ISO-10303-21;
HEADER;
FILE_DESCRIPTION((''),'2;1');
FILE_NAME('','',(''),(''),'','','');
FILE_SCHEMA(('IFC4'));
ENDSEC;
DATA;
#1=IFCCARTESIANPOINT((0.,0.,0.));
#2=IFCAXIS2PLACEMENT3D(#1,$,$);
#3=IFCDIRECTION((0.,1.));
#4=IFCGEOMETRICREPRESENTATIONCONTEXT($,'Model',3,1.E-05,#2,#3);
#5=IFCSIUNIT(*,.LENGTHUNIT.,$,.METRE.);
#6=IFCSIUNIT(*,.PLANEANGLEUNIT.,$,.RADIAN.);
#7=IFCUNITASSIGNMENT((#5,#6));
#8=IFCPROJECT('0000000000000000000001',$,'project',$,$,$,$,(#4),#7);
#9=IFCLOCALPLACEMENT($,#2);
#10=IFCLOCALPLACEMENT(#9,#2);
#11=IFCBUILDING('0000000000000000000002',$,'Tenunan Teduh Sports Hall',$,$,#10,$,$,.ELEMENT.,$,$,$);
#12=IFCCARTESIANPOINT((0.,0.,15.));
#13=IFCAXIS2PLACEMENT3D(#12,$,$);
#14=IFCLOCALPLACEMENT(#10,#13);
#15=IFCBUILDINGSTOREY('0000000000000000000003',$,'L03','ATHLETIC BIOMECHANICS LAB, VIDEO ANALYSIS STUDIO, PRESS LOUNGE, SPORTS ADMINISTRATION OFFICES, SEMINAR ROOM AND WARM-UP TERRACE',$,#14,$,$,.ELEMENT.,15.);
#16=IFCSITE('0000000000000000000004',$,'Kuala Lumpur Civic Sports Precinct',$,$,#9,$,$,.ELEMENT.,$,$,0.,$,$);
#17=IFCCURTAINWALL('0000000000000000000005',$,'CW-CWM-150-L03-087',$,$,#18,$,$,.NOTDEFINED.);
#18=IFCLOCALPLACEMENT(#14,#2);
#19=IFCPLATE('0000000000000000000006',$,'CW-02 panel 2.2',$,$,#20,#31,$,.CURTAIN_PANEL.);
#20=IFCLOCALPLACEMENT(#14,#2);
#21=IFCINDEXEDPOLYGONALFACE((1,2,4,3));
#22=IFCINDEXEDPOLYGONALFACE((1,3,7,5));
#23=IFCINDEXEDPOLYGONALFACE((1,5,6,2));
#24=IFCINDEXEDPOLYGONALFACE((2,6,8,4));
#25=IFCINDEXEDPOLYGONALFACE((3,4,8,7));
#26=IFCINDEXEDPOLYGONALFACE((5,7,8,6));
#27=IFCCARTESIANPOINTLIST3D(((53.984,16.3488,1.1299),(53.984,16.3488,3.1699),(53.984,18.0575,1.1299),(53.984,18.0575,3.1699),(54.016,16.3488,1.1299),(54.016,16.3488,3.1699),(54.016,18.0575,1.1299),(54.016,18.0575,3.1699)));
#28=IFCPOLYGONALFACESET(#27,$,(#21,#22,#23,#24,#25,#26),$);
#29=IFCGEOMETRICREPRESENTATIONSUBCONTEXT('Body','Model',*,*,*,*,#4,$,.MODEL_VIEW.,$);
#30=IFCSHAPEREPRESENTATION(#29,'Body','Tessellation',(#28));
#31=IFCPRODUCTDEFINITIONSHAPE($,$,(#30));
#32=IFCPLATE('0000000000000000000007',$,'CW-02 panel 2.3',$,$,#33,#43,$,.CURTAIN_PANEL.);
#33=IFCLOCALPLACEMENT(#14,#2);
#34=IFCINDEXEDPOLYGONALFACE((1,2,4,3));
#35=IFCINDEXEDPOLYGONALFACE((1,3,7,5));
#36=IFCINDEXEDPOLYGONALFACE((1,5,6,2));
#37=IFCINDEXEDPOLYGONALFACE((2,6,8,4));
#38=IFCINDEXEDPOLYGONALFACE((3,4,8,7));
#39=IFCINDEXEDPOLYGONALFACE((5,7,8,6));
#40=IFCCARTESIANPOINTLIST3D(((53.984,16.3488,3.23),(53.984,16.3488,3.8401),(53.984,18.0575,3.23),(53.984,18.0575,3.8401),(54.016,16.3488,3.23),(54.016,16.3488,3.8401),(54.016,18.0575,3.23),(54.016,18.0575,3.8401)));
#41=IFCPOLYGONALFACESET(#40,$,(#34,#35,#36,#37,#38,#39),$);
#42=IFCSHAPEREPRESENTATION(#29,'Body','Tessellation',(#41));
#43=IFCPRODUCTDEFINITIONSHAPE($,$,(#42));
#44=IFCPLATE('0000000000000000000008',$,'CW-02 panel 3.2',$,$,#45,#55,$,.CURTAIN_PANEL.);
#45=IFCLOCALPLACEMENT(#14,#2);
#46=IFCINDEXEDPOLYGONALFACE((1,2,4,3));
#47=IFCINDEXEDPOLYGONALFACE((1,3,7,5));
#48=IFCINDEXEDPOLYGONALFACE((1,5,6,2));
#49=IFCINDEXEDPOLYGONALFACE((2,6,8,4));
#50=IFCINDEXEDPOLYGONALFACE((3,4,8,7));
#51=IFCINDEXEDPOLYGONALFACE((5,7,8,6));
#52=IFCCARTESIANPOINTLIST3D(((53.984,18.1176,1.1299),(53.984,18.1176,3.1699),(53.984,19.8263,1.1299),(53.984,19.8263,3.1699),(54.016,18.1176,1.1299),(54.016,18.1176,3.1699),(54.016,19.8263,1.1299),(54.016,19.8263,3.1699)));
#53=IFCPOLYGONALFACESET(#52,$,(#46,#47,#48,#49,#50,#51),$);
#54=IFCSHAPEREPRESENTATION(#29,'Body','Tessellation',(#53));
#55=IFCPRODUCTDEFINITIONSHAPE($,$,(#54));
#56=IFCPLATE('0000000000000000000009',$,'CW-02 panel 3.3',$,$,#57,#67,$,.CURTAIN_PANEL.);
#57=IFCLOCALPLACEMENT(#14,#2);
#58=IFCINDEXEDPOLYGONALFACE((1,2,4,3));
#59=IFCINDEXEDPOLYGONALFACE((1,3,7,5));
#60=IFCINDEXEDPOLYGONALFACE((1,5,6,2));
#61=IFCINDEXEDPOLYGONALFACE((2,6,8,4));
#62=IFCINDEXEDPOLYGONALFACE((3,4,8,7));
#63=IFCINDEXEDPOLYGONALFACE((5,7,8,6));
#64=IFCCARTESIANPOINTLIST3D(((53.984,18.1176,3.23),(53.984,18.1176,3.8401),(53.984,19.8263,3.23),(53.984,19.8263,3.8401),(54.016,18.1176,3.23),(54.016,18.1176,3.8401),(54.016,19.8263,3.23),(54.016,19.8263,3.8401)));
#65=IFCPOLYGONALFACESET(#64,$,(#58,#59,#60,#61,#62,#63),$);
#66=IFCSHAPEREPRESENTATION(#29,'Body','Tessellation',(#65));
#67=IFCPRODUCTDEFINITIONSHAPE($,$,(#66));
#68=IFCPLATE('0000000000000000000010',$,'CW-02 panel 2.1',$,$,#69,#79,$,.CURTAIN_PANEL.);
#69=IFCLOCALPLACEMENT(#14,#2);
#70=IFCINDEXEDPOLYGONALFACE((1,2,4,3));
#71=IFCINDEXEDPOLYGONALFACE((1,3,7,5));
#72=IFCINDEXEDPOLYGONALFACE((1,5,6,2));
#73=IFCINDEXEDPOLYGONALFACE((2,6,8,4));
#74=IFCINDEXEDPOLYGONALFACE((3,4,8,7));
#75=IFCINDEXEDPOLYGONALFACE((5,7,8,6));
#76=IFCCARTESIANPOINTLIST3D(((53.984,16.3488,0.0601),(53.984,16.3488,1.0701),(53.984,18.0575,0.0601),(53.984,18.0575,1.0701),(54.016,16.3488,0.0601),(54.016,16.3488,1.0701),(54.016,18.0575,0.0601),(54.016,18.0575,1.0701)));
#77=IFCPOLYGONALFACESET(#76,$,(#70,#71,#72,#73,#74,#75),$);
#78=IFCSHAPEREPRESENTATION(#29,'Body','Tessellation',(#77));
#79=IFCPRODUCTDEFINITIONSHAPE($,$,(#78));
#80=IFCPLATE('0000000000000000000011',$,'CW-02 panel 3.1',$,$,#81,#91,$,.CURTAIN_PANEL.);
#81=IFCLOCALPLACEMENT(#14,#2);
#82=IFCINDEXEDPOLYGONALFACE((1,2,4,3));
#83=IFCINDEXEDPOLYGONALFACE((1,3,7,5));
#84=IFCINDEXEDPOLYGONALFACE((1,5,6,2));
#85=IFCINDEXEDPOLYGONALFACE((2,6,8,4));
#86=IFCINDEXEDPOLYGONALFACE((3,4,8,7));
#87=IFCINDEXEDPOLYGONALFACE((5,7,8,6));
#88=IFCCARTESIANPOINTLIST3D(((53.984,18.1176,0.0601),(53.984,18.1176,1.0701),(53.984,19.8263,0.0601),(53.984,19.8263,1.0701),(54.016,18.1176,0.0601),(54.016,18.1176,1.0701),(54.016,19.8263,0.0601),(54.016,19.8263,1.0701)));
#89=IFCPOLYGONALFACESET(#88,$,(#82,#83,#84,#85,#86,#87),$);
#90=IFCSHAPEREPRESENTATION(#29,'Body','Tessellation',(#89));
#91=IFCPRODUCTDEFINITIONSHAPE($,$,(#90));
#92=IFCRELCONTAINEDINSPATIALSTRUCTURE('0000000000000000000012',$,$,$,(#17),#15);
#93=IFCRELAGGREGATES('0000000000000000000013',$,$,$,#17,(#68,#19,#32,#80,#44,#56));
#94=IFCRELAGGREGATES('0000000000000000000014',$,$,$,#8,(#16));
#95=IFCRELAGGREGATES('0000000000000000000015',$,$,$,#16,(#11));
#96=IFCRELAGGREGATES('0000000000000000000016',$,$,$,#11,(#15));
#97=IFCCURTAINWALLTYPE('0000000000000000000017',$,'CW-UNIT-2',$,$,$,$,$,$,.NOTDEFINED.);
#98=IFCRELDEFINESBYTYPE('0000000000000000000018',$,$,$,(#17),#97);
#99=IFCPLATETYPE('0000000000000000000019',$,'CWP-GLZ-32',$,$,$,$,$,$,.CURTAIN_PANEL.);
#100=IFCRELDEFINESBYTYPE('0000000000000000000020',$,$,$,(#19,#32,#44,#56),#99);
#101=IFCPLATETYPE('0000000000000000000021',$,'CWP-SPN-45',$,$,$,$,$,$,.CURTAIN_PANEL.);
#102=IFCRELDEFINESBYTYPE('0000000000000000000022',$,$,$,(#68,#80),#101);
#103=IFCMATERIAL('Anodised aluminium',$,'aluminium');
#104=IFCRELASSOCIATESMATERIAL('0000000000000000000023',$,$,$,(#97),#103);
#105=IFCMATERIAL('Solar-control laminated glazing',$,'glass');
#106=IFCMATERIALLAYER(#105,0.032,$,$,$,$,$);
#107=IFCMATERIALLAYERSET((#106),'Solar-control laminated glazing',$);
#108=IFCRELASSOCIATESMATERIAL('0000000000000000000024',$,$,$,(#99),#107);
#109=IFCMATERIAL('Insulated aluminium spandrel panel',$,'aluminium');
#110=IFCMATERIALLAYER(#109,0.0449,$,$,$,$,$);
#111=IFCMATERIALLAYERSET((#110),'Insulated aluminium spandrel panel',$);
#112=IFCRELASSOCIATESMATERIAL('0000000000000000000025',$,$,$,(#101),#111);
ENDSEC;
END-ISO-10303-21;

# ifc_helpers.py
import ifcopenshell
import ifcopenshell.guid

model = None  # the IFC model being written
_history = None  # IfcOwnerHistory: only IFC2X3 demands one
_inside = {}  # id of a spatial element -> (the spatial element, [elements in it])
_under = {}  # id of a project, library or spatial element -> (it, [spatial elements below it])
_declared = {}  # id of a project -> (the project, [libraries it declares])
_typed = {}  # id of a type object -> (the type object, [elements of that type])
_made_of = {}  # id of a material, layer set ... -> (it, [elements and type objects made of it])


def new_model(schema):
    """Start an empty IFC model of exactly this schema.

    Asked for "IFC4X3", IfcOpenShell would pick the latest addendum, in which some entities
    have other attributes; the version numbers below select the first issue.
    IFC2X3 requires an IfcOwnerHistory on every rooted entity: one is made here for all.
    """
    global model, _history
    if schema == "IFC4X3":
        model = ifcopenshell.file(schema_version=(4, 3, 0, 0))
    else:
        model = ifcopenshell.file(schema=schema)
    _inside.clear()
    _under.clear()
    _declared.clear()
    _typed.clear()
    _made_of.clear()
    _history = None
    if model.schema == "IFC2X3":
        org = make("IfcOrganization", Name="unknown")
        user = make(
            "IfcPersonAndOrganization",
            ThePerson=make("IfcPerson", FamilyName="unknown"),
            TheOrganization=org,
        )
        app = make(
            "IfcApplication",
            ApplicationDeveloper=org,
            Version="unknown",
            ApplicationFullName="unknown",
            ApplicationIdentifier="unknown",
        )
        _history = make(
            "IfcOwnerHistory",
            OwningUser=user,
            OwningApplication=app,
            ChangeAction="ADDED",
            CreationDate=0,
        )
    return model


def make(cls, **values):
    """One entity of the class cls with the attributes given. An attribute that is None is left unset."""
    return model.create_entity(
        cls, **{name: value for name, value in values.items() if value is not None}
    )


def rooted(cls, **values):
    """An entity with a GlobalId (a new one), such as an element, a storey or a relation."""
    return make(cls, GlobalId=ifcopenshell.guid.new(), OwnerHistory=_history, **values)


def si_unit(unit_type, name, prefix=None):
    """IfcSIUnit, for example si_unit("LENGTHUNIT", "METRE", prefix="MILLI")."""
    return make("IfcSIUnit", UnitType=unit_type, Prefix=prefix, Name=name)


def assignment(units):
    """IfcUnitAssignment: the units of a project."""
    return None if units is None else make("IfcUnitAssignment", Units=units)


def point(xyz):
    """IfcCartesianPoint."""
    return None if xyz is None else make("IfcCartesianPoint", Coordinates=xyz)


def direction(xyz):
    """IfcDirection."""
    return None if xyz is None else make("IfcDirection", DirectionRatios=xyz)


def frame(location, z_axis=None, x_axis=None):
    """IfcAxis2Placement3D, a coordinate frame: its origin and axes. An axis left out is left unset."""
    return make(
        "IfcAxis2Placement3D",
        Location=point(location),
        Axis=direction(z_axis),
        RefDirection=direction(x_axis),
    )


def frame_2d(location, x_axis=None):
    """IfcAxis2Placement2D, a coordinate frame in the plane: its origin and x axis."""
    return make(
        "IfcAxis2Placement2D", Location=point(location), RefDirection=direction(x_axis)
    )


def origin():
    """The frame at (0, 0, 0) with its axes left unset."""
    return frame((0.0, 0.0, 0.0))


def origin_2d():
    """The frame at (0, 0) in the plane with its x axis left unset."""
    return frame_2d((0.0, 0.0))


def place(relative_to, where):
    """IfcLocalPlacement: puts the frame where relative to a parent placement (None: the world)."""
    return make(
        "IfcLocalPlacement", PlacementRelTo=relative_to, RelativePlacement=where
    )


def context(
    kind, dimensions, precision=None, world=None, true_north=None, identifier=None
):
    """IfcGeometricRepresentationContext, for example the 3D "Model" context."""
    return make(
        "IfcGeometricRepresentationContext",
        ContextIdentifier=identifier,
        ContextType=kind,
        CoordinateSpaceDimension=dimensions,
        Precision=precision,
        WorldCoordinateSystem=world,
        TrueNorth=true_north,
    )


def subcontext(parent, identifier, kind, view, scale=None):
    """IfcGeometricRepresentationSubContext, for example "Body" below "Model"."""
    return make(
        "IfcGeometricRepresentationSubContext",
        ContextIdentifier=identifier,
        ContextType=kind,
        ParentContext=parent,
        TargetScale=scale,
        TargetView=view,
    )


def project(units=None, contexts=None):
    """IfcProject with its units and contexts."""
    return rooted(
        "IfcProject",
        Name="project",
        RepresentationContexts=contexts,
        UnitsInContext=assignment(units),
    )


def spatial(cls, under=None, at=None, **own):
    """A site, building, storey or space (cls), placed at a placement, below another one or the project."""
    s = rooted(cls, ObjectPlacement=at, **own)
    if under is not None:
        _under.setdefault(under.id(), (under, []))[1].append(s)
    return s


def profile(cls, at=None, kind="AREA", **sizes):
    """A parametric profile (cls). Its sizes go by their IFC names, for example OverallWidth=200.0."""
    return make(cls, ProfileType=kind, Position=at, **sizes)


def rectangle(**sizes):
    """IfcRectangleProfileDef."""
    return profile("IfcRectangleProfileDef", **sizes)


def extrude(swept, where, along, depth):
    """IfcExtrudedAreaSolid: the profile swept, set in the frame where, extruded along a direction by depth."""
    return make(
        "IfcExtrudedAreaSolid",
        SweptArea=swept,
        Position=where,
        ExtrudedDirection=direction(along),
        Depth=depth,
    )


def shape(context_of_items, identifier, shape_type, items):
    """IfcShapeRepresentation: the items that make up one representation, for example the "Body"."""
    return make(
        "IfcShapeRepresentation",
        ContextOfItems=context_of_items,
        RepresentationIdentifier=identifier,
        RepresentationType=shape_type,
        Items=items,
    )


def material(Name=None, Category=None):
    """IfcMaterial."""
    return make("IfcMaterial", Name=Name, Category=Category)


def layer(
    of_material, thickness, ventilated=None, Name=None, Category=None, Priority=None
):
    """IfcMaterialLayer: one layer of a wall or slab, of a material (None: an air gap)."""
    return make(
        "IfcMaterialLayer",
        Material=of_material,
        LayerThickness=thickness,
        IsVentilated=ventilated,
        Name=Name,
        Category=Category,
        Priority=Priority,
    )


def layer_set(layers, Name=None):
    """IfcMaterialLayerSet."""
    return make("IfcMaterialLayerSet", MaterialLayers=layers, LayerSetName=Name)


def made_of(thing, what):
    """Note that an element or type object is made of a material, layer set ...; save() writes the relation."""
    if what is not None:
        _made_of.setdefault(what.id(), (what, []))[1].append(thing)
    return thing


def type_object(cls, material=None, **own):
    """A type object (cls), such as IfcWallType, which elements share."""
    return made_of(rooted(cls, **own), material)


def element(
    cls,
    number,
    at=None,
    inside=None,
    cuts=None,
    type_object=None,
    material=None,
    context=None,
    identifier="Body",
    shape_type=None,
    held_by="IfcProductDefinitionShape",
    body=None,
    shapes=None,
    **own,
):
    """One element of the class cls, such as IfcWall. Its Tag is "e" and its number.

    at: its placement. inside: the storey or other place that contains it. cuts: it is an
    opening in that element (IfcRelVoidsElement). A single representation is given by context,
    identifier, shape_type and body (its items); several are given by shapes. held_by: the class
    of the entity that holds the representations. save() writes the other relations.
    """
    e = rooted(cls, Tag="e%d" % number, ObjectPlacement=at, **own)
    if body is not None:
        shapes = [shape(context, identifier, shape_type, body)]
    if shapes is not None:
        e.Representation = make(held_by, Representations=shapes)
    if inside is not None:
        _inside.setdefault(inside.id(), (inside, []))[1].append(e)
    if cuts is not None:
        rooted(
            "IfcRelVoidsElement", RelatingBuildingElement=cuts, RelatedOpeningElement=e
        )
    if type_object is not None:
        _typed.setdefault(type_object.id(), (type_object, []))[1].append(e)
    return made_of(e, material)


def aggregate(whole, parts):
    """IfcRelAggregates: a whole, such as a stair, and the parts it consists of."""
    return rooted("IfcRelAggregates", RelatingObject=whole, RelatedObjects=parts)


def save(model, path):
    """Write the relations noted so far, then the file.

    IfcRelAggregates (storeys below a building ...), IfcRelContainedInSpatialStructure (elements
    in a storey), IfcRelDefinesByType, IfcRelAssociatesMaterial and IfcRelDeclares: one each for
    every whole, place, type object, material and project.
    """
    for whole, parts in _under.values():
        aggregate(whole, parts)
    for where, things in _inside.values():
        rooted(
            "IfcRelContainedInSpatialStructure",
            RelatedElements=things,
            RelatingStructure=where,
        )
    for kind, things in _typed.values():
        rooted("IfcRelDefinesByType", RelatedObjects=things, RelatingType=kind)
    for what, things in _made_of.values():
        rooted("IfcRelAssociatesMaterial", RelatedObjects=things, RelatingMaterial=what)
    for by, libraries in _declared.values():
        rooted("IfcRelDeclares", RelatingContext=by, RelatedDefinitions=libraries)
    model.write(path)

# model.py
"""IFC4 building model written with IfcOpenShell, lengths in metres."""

from ifc_helpers import new_model, si_unit, direction, frame, origin, origin_2d, place, context, subcontext, project, spatial, rectangle, extrude, material, layer, layer_set, type_object, element, aggregate, save


model = new_model("IFC4")

# Units and contexts
model_context = context("Model", 3, precision=1e-05, world=origin(), true_north=direction((0.0, 1.0)))
body_context = subcontext(model_context, "Body", "Model", "MODEL_VIEW")
ifc_project = project(units=[si_unit("LENGTHUNIT", "METRE"), si_unit("PLANEANGLEUNIT", "RADIAN")], contexts=[model_context])

# Site, building, storey
site_placement = place(None, origin())
site = spatial("IfcSite", under=ifc_project, at=site_placement, Name="Kuala Lumpur Civic Sports Precinct", CompositionType="ELEMENT", RefElevation=0.0)
building_placement = place(site_placement, origin())
building = spatial("IfcBuilding", under=site, at=building_placement, Name="Tenunan Teduh Sports Hall", CompositionType="ELEMENT")
storey_placement = place(building_placement, frame((0.0, 0.0, 15.0)))
storey = spatial("IfcBuildingStorey", under=building, at=storey_placement, Name="L03", Description="ATHLETIC BIOMECHANICS LAB, VIDEO ANALYSIS STUDIO, PRESS LOUNGE, SPORTS ADMINISTRATION OFFICES, SEMINAR ROOM AND WARM-UP TERRACE", CompositionType="ELEMENT", Elevation=15.0)

# Curtain wall, plates
ifc_material_1 = material(Name="Anodised aluminium", Category="aluminium")
curtain_wall_type = type_object("IfcCurtainWallType", Name="CW-UNIT-2", PredefinedType="NOTDEFINED", material=ifc_material_1)
curtain_wall_placement = place(storey_placement, origin())
curtain_wall = element("IfcCurtainWall", 1, at=curtain_wall_placement, inside=storey, type_object=curtain_wall_type, Name="CW-CWM-150-L03-087", PredefinedType="NOTDEFINED")
ifc_material_2 = material(Name="Solar-control laminated glazing", Category="glass")
ifc_layer_1 = layer(ifc_material_2, 0.032)
ifc_layer_set_1 = layer_set([ifc_layer_1], Name="Solar-control laminated glazing")
plate_type_1 = type_object("IfcPlateType", Name="CWP-GLZ-32", PredefinedType="CURTAIN_PANEL", material=ifc_layer_set_1)
plate_1_placement = place(storey_placement, frame((54.0, 17.2031, 1.1299), z_axis=(0.0, 0.0, 1.0), x_axis=(0.0, 1.0, 0.0)))
plate_1 = element("IfcPlate", 2, at=plate_1_placement, type_object=plate_type_1, Name="CW-02 panel 2.2", PredefinedType="CURTAIN_PANEL", context=body_context, shape_type="SweptSolid", body=[
    extrude(rectangle(XDim=1.7087, YDim=0.032, at=origin_2d()), origin(), (0.0, 0.0, 1.0), 2.04),
])
plate_2_placement = place(storey_placement, frame((54.0, 17.2031, 3.23), z_axis=(0.0, 0.0, 1.0), x_axis=(0.0, 1.0, 0.0)))
plate_2 = element("IfcPlate", 3, at=plate_2_placement, type_object=plate_type_1, Name="CW-02 panel 2.3", PredefinedType="CURTAIN_PANEL", context=body_context, shape_type="SweptSolid", body=[
    extrude(rectangle(XDim=1.7087, YDim=0.032, at=origin_2d()), origin(), (0.0, 0.0, 1.0), 0.6101),
])
plate_3_placement = place(storey_placement, frame((54.0, 18.9719, 1.1299), z_axis=(0.0, 0.0, 1.0), x_axis=(0.0, 1.0, 0.0)))
plate_3 = element("IfcPlate", 4, at=plate_3_placement, type_object=plate_type_1, Name="CW-02 panel 3.2", PredefinedType="CURTAIN_PANEL", context=body_context, shape_type="SweptSolid", body=[
    extrude(rectangle(XDim=1.7087, YDim=0.032, at=origin_2d()), origin(), (0.0, 0.0, 1.0), 2.04),
])
plate_4_placement = place(storey_placement, frame((54.0, 18.9719, 3.23), z_axis=(0.0, 0.0, 1.0), x_axis=(0.0, 1.0, 0.0)))
plate_4 = element("IfcPlate", 5, at=plate_4_placement, type_object=plate_type_1, Name="CW-02 panel 3.3", PredefinedType="CURTAIN_PANEL", context=body_context, shape_type="SweptSolid", body=[
    extrude(rectangle(XDim=1.7087, YDim=0.032, at=origin_2d()), origin(), (0.0, 0.0, 1.0), 0.6101),
])
ifc_material_3 = material(Name="Insulated aluminium spandrel panel", Category="aluminium")
ifc_layer_2 = layer(ifc_material_3, 0.0449)
ifc_layer_set_2 = layer_set([ifc_layer_2], Name="Insulated aluminium spandrel panel")
plate_type_2 = type_object("IfcPlateType", Name="CWP-SPN-45", PredefinedType="CURTAIN_PANEL", material=ifc_layer_set_2)
plate_5_placement = place(storey_placement, frame((54.0, 17.2031, 0.0601), z_axis=(0.0, 0.0, 1.0), x_axis=(0.0, 1.0, 0.0)))
plate_5 = element("IfcPlate", 6, at=plate_5_placement, type_object=plate_type_2, Name="CW-02 panel 2.1", PredefinedType="CURTAIN_PANEL", context=body_context, shape_type="SweptSolid", body=[
    extrude(rectangle(XDim=1.7087, YDim=0.032, at=origin_2d()), origin(), (0.0, 0.0, 1.0), 1.01),
])
plate_6_placement = place(storey_placement, frame((54.0, 18.9719, 0.0601), z_axis=(0.0, 0.0, 1.0), x_axis=(0.0, 1.0, 0.0)))
plate_6 = element("IfcPlate", 7, at=plate_6_placement, type_object=plate_type_2, Name="CW-02 panel 3.1", PredefinedType="CURTAIN_PANEL", context=body_context, shape_type="SweptSolid", body=[
    extrude(rectangle(XDim=1.7087, YDim=0.032, at=origin_2d()), origin(), (0.0, 0.0, 1.0), 1.01),
])
aggregate(curtain_wall, [plate_5, plate_1, plate_2, plate_6, plate_3, plate_4])

save(model, "model.ifc")
